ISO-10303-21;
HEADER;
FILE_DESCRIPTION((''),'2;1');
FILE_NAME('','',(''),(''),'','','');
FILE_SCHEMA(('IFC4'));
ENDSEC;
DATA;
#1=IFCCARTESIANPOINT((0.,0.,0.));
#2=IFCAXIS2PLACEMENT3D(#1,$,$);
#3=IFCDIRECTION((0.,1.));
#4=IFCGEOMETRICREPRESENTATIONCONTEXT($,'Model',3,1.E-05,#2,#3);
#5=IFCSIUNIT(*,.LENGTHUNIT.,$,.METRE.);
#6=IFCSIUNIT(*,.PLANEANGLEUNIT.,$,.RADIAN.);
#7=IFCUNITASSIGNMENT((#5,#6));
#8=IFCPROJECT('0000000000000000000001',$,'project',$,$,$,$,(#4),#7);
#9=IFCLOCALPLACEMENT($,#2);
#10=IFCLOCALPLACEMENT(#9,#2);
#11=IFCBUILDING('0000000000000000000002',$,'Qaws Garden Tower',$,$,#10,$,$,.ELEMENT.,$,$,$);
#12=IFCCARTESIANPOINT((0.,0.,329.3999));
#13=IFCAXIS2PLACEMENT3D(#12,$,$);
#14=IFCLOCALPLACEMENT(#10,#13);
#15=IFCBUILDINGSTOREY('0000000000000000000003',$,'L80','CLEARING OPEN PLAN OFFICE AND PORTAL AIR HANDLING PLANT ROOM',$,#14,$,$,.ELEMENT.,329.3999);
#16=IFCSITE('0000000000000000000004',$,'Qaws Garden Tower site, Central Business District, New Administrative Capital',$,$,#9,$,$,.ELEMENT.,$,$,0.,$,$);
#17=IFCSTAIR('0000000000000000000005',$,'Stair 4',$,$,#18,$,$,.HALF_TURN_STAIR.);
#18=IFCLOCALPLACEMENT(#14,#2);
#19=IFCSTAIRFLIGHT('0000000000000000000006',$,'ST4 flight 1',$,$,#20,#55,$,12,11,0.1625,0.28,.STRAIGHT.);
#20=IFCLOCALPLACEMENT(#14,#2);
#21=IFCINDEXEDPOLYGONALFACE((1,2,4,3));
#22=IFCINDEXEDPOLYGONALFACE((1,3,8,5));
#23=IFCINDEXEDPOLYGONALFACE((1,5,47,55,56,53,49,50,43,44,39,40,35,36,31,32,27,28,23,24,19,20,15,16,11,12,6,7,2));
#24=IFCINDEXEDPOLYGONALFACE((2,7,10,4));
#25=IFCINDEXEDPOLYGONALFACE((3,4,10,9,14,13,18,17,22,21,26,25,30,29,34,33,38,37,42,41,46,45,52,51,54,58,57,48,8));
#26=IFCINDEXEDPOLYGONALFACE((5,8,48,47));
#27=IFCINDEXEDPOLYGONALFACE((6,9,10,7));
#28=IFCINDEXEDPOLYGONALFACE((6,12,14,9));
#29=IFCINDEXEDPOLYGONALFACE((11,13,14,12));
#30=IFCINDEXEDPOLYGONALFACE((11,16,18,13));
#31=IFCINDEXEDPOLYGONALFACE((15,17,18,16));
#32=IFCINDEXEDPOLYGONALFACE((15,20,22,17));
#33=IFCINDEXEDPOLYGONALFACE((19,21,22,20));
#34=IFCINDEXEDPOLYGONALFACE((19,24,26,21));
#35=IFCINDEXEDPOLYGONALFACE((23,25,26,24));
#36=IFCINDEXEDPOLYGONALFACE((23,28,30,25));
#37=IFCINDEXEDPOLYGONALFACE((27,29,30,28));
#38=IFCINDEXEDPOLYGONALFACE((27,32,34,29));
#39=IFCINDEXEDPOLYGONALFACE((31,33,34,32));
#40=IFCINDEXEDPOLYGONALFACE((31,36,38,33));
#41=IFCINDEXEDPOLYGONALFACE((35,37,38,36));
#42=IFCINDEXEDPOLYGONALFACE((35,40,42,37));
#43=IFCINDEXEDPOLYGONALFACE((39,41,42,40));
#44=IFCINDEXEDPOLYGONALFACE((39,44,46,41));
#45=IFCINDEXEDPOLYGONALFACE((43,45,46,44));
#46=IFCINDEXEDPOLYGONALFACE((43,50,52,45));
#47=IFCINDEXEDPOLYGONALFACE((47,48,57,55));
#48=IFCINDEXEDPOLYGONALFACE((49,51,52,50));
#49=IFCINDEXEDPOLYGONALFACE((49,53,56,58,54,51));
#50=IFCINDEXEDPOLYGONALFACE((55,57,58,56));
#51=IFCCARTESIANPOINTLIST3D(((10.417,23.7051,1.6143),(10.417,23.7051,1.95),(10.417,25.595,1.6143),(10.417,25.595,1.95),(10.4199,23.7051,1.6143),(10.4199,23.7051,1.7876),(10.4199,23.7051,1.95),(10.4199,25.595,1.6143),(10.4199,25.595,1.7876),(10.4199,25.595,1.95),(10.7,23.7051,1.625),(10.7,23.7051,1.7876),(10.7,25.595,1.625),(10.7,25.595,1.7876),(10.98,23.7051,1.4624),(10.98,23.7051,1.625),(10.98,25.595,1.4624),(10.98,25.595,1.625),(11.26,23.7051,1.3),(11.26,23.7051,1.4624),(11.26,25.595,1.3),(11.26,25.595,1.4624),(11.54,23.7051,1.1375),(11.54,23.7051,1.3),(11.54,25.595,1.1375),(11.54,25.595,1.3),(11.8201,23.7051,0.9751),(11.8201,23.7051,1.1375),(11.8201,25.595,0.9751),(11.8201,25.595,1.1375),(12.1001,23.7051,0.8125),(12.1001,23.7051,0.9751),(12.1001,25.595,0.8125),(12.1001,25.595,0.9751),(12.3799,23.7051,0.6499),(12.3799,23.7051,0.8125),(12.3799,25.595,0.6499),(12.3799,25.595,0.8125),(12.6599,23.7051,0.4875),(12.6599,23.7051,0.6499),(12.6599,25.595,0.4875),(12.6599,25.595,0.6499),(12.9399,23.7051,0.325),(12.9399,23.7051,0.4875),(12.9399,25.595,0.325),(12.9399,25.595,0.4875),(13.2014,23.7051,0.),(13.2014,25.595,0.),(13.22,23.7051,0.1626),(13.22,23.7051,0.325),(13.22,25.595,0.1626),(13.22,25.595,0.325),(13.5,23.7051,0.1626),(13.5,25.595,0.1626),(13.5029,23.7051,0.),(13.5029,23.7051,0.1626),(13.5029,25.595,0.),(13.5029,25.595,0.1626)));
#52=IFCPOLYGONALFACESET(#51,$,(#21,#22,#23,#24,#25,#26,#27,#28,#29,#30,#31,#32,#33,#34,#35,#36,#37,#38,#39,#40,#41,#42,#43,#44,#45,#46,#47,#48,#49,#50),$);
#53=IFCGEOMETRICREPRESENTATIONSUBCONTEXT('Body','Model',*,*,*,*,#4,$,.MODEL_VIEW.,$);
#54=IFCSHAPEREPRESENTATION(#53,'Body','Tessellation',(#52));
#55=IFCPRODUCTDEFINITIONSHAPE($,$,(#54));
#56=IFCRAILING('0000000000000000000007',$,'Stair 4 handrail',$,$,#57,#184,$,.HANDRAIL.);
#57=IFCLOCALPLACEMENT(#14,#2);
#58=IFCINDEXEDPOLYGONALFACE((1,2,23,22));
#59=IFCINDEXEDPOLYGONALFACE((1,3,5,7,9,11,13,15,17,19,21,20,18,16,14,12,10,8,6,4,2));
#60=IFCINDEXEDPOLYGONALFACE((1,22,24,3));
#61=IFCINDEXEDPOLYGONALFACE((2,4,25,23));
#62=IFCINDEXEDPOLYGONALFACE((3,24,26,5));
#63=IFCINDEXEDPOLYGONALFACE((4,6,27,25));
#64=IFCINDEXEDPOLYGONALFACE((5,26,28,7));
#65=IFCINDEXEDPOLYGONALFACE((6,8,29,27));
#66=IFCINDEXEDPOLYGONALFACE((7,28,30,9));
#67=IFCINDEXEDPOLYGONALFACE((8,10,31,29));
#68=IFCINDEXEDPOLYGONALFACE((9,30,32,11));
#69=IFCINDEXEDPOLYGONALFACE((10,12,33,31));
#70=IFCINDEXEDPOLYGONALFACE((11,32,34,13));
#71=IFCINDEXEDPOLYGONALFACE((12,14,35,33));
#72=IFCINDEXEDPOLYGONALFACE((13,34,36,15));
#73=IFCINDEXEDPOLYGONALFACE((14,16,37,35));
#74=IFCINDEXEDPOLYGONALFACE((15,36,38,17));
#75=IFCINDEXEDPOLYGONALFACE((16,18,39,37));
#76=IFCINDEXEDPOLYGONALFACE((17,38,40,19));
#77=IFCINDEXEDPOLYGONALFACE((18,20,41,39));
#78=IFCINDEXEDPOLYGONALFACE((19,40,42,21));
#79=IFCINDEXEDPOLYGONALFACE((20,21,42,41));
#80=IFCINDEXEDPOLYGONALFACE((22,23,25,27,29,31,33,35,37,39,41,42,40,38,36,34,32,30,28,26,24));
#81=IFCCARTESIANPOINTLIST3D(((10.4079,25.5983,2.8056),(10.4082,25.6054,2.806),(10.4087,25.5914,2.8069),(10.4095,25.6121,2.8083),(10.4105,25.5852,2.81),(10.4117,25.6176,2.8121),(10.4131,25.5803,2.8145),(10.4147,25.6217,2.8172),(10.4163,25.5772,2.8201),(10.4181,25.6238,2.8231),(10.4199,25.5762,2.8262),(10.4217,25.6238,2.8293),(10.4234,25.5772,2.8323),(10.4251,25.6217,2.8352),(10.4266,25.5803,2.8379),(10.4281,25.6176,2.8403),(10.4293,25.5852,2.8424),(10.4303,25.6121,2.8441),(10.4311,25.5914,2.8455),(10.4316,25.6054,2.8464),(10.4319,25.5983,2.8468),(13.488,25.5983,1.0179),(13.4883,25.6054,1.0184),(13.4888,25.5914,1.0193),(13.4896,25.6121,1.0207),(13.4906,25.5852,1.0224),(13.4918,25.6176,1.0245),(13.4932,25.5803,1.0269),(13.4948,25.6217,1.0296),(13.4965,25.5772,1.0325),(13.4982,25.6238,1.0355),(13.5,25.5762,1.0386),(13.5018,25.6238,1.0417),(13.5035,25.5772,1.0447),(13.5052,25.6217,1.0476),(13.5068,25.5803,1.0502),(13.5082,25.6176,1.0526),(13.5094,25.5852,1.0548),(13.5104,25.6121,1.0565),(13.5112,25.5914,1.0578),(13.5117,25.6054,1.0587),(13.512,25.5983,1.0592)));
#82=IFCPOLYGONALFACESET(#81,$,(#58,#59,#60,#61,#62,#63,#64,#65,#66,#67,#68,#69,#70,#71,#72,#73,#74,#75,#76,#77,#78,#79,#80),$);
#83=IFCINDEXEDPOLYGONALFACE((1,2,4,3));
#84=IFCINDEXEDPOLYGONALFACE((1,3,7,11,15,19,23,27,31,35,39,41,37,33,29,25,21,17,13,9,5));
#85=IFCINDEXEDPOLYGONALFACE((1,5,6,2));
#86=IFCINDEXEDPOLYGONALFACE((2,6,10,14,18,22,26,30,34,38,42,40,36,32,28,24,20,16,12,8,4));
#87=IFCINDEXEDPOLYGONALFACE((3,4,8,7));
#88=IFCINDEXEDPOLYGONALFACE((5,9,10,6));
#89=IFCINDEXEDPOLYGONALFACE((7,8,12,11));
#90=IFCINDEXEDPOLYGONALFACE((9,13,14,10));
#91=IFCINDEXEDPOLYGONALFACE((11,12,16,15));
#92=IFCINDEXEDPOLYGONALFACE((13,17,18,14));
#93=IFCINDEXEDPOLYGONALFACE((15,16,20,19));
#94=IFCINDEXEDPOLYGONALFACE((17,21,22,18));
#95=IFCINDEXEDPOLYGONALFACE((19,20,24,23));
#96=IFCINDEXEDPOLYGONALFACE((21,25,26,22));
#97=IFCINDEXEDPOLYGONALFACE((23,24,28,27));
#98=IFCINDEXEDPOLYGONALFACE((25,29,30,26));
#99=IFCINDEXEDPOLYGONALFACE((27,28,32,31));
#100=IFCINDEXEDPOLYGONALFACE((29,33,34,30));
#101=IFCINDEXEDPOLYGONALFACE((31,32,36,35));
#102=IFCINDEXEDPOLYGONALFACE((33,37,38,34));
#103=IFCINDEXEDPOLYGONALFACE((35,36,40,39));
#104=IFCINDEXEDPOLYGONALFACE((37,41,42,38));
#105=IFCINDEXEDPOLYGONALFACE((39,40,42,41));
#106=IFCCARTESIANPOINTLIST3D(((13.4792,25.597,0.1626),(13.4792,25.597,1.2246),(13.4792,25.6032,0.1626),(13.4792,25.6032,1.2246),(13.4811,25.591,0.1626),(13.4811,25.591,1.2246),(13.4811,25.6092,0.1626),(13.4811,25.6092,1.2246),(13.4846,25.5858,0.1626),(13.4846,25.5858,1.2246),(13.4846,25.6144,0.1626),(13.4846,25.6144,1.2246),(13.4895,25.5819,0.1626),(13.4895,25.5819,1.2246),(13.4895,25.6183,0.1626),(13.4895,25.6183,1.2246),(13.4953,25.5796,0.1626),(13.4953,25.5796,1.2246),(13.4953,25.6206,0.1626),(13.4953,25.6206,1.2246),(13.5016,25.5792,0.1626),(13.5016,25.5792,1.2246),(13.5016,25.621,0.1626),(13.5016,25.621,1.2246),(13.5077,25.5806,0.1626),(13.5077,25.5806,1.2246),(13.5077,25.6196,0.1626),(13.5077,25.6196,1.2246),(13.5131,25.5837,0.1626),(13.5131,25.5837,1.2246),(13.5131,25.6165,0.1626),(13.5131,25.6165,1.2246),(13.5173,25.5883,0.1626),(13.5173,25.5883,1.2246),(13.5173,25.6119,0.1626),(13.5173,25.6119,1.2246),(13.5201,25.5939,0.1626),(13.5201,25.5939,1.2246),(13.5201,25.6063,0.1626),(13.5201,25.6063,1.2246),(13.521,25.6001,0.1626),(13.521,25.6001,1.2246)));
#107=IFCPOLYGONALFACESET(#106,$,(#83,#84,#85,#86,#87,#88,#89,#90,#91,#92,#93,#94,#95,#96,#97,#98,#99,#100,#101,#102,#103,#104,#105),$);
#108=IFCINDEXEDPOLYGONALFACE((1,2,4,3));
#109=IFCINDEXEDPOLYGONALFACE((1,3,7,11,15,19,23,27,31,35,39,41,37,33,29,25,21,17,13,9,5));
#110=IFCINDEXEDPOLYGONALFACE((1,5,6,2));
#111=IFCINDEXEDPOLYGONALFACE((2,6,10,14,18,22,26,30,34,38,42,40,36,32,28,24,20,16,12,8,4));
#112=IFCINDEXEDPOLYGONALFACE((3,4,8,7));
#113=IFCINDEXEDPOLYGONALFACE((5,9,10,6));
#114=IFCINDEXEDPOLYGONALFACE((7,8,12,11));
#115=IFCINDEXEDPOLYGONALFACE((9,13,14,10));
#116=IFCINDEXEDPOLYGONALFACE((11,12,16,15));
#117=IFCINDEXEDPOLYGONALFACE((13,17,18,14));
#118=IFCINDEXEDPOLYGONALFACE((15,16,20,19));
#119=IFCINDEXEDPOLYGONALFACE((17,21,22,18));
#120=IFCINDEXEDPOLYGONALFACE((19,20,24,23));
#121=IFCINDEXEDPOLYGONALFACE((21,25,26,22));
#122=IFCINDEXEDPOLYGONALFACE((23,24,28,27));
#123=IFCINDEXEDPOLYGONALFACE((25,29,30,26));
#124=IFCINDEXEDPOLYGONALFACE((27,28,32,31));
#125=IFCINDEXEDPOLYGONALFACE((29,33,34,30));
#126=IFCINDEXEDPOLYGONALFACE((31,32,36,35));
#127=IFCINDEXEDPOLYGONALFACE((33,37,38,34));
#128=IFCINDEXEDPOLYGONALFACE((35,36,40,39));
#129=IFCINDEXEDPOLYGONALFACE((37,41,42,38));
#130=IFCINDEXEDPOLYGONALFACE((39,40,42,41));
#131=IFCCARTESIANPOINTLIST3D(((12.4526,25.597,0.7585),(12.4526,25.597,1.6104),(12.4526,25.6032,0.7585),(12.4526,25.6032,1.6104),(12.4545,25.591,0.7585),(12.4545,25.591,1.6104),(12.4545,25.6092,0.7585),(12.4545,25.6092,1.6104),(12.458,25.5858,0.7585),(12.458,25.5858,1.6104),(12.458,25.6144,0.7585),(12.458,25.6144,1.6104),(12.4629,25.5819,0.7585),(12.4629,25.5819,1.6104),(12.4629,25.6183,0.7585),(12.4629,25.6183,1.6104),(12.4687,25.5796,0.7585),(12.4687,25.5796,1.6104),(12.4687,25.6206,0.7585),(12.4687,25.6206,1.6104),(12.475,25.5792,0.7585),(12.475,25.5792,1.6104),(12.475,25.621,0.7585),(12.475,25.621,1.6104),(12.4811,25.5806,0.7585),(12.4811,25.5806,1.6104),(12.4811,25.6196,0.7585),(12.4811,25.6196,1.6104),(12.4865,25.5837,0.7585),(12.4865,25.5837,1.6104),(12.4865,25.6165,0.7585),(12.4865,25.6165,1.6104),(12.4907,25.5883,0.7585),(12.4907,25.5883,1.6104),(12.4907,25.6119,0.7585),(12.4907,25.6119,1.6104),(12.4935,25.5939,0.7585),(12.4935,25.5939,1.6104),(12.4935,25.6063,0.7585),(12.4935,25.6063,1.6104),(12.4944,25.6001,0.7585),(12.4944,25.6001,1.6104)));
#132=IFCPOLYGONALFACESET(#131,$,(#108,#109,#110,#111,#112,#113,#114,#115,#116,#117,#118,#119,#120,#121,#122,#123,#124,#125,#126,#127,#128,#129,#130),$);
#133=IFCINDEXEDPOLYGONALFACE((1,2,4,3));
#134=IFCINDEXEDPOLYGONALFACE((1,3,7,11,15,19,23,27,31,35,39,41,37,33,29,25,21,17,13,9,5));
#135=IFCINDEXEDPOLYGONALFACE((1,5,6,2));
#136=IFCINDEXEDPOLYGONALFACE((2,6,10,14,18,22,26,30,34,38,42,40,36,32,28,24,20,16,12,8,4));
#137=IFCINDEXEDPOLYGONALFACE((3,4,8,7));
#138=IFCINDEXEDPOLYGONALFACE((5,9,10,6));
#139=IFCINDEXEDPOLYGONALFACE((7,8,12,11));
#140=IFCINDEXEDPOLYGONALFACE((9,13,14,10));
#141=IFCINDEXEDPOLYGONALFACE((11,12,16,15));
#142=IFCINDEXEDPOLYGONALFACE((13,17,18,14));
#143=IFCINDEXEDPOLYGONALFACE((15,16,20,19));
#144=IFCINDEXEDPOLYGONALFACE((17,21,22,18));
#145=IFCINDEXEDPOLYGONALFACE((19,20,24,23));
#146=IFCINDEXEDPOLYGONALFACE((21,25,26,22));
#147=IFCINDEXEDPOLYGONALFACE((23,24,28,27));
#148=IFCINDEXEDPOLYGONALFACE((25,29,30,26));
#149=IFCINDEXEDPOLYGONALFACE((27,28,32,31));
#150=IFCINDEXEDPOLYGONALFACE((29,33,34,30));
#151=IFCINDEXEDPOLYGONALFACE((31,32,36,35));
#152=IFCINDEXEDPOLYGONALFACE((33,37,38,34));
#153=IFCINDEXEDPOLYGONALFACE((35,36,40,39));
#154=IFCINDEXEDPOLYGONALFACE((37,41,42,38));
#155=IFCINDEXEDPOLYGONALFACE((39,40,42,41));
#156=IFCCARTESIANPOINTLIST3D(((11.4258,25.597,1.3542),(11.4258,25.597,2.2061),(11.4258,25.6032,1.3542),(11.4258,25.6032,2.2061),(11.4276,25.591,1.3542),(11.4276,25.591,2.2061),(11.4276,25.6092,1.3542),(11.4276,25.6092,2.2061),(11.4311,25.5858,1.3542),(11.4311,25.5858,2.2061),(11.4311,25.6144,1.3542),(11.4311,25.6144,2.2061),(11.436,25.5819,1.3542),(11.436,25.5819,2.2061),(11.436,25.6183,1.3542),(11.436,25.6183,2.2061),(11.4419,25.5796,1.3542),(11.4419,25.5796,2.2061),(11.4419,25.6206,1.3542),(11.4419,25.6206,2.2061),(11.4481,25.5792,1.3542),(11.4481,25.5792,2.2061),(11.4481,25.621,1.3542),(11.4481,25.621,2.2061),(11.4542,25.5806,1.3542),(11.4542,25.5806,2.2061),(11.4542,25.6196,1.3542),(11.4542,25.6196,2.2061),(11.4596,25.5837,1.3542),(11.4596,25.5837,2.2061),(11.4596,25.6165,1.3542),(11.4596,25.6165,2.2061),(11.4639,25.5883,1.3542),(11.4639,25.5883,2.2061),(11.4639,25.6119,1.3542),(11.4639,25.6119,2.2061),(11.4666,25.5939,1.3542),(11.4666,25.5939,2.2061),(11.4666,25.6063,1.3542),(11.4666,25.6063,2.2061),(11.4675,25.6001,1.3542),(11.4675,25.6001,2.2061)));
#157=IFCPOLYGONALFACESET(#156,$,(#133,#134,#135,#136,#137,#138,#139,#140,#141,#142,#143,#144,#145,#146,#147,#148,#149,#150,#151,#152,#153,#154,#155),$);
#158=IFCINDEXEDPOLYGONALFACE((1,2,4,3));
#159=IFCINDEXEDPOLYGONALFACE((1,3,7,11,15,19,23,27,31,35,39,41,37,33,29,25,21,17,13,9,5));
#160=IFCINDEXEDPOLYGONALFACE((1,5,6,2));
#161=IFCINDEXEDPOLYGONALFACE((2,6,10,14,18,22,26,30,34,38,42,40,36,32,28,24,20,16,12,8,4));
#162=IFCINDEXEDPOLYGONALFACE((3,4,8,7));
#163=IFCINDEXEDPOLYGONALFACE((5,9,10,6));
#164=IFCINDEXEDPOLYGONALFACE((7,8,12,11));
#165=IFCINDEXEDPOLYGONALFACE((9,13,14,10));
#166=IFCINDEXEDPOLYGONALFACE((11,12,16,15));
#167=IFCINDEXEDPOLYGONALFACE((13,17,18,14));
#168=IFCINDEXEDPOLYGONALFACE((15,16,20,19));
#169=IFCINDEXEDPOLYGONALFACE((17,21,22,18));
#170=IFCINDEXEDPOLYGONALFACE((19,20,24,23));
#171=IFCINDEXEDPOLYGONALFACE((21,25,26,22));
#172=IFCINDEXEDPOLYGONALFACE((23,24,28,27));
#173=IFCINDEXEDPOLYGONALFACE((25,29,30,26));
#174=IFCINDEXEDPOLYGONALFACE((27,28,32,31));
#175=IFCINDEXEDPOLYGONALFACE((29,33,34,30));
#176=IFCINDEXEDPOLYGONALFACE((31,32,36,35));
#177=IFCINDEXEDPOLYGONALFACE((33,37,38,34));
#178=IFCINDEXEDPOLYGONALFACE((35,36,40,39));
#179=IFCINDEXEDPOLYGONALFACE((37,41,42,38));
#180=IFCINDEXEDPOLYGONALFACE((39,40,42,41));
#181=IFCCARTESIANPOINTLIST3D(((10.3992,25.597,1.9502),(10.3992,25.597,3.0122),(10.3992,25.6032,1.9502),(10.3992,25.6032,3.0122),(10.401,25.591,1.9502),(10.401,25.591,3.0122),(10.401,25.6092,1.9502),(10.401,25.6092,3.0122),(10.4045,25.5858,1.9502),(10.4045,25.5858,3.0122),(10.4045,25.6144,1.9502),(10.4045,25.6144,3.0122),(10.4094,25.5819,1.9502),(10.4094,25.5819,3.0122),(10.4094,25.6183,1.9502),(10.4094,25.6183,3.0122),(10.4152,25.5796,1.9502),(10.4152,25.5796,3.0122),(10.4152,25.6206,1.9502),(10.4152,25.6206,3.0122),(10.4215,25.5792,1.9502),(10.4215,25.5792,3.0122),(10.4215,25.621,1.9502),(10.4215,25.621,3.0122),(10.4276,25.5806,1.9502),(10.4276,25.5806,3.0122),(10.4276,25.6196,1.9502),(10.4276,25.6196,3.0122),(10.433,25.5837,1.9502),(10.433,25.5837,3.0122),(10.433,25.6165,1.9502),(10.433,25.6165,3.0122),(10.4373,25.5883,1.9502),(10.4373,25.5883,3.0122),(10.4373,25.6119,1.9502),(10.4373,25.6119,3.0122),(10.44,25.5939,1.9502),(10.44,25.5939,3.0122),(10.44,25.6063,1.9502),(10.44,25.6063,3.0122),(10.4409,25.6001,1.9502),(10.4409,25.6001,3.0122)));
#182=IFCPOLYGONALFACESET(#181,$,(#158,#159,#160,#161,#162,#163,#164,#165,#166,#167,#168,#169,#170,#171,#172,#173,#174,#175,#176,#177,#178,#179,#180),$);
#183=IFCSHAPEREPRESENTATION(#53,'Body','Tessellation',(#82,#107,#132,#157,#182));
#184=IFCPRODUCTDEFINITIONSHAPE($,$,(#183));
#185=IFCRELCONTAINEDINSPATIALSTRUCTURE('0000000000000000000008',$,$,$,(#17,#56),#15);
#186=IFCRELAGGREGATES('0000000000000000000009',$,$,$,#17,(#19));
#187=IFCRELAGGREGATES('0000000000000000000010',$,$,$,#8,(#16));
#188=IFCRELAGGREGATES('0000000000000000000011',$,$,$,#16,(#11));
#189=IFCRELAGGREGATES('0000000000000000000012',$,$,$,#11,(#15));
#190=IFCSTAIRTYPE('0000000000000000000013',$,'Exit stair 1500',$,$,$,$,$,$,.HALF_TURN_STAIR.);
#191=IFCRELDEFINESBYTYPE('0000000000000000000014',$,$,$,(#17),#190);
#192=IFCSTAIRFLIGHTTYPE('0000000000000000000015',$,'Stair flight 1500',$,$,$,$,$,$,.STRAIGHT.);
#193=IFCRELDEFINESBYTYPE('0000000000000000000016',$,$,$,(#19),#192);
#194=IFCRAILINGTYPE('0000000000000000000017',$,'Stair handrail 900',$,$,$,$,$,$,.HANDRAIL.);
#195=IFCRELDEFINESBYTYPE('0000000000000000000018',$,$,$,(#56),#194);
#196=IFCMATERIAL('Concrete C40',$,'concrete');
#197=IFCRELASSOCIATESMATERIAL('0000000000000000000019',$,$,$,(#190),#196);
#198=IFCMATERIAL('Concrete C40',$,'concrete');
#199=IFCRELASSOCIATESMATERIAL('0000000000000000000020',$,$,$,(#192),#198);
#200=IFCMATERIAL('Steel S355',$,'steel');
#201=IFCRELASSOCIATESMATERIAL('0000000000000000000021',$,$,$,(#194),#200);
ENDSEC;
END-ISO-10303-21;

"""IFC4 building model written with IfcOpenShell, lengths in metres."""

from ifc_helpers import new_model, si_unit, direction, frame, origin, origin_2d, place, context, subcontext, project, spatial, polyline, circle, outline, extrude, material, type_object, element, aggregate, save


model = new_model("IFC4")

# Units and contexts
model_context = context("Model", 3, precision=1e-05, world=origin(), true_north=direction((0.0, 1.0)))
body_context = subcontext(model_context, "Body", "Model", "MODEL_VIEW")
ifc_project = project(units=[si_unit("LENGTHUNIT", "METRE"), si_unit("PLANEANGLEUNIT", "RADIAN")], contexts=[model_context])

# Site, building, storey
site_placement = place(None, origin())
site = spatial("IfcSite", under=ifc_project, at=site_placement, Name="Qaws Garden Tower site, Central Business District, New Administrative Capital", CompositionType="ELEMENT", RefElevation=0.0)
building_placement = place(site_placement, origin())
building = spatial("IfcBuilding", under=site, at=building_placement, Name="Qaws Garden Tower", CompositionType="ELEMENT")
storey_placement = place(building_placement, frame((0.0, 0.0, 329.3999)))
storey = spatial("IfcBuildingStorey", under=building, at=storey_placement, Name="L80", Description="CLEARING OPEN PLAN OFFICE AND PORTAL AIR HANDLING PLANT ROOM", CompositionType="ELEMENT", Elevation=329.3999)

# Shared definitions
placement = place(storey_placement, origin())

# Stair, stair flight
ifc_material_1 = material(Name="Concrete C40", Category="concrete")
stair_type = type_object("IfcStairType", Name="Exit stair 1500", PredefinedType="HALF_TURN_STAIR", material=ifc_material_1)
stair = element("IfcStair", 1, at=placement, inside=storey, type_object=stair_type, Name="Stair 4", PredefinedType="HALF_TURN_STAIR")
ifc_material_2 = material(Name="Concrete C40", Category="concrete")
stair_flight_type = type_object("IfcStairFlightType", Name="Stair flight 1500", PredefinedType="STRAIGHT", material=ifc_material_2)
stair_flight_placement = place(storey_placement, frame((13.5, 24.6499, 0.0), z_axis=(0.0, 0.0, 1.0), x_axis=(-1.0, 0.0, 0.0)))
stair_flight = element("IfcStairFlight", 2, at=stair_flight_placement, type_object=stair_flight_type, Name="ST4 flight 1", NumberOfRisers=12, NumberOfTreads=11, PredefinedType="STRAIGHT", RiserHeight=0.1625, TreadLength=0.28, context=body_context, shape_type="SweptSolid", body=[
    extrude(outline(polyline([(-0.0029, 0.0), (-0.0029, 0.1626), (0.0, 0.1626), (0.28, 0.1626), (0.28, 0.325), (0.5601, 0.325), (0.5601, 0.4875), (0.8401, 0.4875), (0.8401, 0.6499), (1.1201, 0.6499), (1.1201, 0.8125), (1.3999, 0.8125), (1.3999, 0.9751), (1.6799, 0.9751), (1.6799, 1.1375), (1.96, 1.1375), (1.96, 1.3), (2.24, 1.3), (2.24, 1.4624), (2.52, 1.4624), (2.52, 1.625), (2.8, 1.625), (2.8, 1.7876), (3.0801, 1.7876), (3.0801, 1.95), (3.083, 1.95), (3.083, 1.6143), (3.0801, 1.6143), (0.2986, 0.0), (-0.0029, 0.0)])), frame((0.0, 0.9448, 0.0), z_axis=(0.0, -1.0, 0.0), x_axis=(1.0, 0.0, 0.0)), (0.0, 0.0, 1.0), 1.8899),
])
aggregate(stair, [stair_flight])

# Railing
ifc_material_3 = material(Name="Steel S355", Category="steel")
railing_type = type_object("IfcRailingType", Name="Stair handrail 900", PredefinedType="HANDRAIL", material=ifc_material_3)
railing_placement = place(storey_placement, frame((13.5, 25.6001, 0.1626)))
element("IfcRailing", 3, at=railing_placement, inside=storey, type_object=railing_type, Name="Stair 4 handrail", PredefinedType="HANDRAIL", context=body_context, shape_type="SweptSolid", body=[
    extrude(circle(Radius=0.0239, at=origin_2d()), frame((0.0, 0.0, 0.876), z_axis=(-0.864891, 0.0, 0.50196), x_axis=(0.0, -1.0, 0.0)), (0.0, 0.0, 1.0), 3.5613),
    extrude(circle(Radius=0.021, at=origin_2d()), origin(), (0.0, 0.0, 1.0), 1.062),
    extrude(circle(Radius=0.021, at=origin_2d()), frame((-1.0266, 0.0, 0.5959)), (0.0, 0.0, 1.0), 0.8518),
    extrude(circle(Radius=0.021, at=origin_2d()), frame((-2.0535, 0.0, 1.1917)), (0.0, 0.0, 1.0), 0.8518),
    extrude(circle(Radius=0.021, at=origin_2d()), frame((-3.0801, 0.0, 1.7876)), (0.0, 0.0, 1.0), 1.062),
])

save(model, "model.ifc")
